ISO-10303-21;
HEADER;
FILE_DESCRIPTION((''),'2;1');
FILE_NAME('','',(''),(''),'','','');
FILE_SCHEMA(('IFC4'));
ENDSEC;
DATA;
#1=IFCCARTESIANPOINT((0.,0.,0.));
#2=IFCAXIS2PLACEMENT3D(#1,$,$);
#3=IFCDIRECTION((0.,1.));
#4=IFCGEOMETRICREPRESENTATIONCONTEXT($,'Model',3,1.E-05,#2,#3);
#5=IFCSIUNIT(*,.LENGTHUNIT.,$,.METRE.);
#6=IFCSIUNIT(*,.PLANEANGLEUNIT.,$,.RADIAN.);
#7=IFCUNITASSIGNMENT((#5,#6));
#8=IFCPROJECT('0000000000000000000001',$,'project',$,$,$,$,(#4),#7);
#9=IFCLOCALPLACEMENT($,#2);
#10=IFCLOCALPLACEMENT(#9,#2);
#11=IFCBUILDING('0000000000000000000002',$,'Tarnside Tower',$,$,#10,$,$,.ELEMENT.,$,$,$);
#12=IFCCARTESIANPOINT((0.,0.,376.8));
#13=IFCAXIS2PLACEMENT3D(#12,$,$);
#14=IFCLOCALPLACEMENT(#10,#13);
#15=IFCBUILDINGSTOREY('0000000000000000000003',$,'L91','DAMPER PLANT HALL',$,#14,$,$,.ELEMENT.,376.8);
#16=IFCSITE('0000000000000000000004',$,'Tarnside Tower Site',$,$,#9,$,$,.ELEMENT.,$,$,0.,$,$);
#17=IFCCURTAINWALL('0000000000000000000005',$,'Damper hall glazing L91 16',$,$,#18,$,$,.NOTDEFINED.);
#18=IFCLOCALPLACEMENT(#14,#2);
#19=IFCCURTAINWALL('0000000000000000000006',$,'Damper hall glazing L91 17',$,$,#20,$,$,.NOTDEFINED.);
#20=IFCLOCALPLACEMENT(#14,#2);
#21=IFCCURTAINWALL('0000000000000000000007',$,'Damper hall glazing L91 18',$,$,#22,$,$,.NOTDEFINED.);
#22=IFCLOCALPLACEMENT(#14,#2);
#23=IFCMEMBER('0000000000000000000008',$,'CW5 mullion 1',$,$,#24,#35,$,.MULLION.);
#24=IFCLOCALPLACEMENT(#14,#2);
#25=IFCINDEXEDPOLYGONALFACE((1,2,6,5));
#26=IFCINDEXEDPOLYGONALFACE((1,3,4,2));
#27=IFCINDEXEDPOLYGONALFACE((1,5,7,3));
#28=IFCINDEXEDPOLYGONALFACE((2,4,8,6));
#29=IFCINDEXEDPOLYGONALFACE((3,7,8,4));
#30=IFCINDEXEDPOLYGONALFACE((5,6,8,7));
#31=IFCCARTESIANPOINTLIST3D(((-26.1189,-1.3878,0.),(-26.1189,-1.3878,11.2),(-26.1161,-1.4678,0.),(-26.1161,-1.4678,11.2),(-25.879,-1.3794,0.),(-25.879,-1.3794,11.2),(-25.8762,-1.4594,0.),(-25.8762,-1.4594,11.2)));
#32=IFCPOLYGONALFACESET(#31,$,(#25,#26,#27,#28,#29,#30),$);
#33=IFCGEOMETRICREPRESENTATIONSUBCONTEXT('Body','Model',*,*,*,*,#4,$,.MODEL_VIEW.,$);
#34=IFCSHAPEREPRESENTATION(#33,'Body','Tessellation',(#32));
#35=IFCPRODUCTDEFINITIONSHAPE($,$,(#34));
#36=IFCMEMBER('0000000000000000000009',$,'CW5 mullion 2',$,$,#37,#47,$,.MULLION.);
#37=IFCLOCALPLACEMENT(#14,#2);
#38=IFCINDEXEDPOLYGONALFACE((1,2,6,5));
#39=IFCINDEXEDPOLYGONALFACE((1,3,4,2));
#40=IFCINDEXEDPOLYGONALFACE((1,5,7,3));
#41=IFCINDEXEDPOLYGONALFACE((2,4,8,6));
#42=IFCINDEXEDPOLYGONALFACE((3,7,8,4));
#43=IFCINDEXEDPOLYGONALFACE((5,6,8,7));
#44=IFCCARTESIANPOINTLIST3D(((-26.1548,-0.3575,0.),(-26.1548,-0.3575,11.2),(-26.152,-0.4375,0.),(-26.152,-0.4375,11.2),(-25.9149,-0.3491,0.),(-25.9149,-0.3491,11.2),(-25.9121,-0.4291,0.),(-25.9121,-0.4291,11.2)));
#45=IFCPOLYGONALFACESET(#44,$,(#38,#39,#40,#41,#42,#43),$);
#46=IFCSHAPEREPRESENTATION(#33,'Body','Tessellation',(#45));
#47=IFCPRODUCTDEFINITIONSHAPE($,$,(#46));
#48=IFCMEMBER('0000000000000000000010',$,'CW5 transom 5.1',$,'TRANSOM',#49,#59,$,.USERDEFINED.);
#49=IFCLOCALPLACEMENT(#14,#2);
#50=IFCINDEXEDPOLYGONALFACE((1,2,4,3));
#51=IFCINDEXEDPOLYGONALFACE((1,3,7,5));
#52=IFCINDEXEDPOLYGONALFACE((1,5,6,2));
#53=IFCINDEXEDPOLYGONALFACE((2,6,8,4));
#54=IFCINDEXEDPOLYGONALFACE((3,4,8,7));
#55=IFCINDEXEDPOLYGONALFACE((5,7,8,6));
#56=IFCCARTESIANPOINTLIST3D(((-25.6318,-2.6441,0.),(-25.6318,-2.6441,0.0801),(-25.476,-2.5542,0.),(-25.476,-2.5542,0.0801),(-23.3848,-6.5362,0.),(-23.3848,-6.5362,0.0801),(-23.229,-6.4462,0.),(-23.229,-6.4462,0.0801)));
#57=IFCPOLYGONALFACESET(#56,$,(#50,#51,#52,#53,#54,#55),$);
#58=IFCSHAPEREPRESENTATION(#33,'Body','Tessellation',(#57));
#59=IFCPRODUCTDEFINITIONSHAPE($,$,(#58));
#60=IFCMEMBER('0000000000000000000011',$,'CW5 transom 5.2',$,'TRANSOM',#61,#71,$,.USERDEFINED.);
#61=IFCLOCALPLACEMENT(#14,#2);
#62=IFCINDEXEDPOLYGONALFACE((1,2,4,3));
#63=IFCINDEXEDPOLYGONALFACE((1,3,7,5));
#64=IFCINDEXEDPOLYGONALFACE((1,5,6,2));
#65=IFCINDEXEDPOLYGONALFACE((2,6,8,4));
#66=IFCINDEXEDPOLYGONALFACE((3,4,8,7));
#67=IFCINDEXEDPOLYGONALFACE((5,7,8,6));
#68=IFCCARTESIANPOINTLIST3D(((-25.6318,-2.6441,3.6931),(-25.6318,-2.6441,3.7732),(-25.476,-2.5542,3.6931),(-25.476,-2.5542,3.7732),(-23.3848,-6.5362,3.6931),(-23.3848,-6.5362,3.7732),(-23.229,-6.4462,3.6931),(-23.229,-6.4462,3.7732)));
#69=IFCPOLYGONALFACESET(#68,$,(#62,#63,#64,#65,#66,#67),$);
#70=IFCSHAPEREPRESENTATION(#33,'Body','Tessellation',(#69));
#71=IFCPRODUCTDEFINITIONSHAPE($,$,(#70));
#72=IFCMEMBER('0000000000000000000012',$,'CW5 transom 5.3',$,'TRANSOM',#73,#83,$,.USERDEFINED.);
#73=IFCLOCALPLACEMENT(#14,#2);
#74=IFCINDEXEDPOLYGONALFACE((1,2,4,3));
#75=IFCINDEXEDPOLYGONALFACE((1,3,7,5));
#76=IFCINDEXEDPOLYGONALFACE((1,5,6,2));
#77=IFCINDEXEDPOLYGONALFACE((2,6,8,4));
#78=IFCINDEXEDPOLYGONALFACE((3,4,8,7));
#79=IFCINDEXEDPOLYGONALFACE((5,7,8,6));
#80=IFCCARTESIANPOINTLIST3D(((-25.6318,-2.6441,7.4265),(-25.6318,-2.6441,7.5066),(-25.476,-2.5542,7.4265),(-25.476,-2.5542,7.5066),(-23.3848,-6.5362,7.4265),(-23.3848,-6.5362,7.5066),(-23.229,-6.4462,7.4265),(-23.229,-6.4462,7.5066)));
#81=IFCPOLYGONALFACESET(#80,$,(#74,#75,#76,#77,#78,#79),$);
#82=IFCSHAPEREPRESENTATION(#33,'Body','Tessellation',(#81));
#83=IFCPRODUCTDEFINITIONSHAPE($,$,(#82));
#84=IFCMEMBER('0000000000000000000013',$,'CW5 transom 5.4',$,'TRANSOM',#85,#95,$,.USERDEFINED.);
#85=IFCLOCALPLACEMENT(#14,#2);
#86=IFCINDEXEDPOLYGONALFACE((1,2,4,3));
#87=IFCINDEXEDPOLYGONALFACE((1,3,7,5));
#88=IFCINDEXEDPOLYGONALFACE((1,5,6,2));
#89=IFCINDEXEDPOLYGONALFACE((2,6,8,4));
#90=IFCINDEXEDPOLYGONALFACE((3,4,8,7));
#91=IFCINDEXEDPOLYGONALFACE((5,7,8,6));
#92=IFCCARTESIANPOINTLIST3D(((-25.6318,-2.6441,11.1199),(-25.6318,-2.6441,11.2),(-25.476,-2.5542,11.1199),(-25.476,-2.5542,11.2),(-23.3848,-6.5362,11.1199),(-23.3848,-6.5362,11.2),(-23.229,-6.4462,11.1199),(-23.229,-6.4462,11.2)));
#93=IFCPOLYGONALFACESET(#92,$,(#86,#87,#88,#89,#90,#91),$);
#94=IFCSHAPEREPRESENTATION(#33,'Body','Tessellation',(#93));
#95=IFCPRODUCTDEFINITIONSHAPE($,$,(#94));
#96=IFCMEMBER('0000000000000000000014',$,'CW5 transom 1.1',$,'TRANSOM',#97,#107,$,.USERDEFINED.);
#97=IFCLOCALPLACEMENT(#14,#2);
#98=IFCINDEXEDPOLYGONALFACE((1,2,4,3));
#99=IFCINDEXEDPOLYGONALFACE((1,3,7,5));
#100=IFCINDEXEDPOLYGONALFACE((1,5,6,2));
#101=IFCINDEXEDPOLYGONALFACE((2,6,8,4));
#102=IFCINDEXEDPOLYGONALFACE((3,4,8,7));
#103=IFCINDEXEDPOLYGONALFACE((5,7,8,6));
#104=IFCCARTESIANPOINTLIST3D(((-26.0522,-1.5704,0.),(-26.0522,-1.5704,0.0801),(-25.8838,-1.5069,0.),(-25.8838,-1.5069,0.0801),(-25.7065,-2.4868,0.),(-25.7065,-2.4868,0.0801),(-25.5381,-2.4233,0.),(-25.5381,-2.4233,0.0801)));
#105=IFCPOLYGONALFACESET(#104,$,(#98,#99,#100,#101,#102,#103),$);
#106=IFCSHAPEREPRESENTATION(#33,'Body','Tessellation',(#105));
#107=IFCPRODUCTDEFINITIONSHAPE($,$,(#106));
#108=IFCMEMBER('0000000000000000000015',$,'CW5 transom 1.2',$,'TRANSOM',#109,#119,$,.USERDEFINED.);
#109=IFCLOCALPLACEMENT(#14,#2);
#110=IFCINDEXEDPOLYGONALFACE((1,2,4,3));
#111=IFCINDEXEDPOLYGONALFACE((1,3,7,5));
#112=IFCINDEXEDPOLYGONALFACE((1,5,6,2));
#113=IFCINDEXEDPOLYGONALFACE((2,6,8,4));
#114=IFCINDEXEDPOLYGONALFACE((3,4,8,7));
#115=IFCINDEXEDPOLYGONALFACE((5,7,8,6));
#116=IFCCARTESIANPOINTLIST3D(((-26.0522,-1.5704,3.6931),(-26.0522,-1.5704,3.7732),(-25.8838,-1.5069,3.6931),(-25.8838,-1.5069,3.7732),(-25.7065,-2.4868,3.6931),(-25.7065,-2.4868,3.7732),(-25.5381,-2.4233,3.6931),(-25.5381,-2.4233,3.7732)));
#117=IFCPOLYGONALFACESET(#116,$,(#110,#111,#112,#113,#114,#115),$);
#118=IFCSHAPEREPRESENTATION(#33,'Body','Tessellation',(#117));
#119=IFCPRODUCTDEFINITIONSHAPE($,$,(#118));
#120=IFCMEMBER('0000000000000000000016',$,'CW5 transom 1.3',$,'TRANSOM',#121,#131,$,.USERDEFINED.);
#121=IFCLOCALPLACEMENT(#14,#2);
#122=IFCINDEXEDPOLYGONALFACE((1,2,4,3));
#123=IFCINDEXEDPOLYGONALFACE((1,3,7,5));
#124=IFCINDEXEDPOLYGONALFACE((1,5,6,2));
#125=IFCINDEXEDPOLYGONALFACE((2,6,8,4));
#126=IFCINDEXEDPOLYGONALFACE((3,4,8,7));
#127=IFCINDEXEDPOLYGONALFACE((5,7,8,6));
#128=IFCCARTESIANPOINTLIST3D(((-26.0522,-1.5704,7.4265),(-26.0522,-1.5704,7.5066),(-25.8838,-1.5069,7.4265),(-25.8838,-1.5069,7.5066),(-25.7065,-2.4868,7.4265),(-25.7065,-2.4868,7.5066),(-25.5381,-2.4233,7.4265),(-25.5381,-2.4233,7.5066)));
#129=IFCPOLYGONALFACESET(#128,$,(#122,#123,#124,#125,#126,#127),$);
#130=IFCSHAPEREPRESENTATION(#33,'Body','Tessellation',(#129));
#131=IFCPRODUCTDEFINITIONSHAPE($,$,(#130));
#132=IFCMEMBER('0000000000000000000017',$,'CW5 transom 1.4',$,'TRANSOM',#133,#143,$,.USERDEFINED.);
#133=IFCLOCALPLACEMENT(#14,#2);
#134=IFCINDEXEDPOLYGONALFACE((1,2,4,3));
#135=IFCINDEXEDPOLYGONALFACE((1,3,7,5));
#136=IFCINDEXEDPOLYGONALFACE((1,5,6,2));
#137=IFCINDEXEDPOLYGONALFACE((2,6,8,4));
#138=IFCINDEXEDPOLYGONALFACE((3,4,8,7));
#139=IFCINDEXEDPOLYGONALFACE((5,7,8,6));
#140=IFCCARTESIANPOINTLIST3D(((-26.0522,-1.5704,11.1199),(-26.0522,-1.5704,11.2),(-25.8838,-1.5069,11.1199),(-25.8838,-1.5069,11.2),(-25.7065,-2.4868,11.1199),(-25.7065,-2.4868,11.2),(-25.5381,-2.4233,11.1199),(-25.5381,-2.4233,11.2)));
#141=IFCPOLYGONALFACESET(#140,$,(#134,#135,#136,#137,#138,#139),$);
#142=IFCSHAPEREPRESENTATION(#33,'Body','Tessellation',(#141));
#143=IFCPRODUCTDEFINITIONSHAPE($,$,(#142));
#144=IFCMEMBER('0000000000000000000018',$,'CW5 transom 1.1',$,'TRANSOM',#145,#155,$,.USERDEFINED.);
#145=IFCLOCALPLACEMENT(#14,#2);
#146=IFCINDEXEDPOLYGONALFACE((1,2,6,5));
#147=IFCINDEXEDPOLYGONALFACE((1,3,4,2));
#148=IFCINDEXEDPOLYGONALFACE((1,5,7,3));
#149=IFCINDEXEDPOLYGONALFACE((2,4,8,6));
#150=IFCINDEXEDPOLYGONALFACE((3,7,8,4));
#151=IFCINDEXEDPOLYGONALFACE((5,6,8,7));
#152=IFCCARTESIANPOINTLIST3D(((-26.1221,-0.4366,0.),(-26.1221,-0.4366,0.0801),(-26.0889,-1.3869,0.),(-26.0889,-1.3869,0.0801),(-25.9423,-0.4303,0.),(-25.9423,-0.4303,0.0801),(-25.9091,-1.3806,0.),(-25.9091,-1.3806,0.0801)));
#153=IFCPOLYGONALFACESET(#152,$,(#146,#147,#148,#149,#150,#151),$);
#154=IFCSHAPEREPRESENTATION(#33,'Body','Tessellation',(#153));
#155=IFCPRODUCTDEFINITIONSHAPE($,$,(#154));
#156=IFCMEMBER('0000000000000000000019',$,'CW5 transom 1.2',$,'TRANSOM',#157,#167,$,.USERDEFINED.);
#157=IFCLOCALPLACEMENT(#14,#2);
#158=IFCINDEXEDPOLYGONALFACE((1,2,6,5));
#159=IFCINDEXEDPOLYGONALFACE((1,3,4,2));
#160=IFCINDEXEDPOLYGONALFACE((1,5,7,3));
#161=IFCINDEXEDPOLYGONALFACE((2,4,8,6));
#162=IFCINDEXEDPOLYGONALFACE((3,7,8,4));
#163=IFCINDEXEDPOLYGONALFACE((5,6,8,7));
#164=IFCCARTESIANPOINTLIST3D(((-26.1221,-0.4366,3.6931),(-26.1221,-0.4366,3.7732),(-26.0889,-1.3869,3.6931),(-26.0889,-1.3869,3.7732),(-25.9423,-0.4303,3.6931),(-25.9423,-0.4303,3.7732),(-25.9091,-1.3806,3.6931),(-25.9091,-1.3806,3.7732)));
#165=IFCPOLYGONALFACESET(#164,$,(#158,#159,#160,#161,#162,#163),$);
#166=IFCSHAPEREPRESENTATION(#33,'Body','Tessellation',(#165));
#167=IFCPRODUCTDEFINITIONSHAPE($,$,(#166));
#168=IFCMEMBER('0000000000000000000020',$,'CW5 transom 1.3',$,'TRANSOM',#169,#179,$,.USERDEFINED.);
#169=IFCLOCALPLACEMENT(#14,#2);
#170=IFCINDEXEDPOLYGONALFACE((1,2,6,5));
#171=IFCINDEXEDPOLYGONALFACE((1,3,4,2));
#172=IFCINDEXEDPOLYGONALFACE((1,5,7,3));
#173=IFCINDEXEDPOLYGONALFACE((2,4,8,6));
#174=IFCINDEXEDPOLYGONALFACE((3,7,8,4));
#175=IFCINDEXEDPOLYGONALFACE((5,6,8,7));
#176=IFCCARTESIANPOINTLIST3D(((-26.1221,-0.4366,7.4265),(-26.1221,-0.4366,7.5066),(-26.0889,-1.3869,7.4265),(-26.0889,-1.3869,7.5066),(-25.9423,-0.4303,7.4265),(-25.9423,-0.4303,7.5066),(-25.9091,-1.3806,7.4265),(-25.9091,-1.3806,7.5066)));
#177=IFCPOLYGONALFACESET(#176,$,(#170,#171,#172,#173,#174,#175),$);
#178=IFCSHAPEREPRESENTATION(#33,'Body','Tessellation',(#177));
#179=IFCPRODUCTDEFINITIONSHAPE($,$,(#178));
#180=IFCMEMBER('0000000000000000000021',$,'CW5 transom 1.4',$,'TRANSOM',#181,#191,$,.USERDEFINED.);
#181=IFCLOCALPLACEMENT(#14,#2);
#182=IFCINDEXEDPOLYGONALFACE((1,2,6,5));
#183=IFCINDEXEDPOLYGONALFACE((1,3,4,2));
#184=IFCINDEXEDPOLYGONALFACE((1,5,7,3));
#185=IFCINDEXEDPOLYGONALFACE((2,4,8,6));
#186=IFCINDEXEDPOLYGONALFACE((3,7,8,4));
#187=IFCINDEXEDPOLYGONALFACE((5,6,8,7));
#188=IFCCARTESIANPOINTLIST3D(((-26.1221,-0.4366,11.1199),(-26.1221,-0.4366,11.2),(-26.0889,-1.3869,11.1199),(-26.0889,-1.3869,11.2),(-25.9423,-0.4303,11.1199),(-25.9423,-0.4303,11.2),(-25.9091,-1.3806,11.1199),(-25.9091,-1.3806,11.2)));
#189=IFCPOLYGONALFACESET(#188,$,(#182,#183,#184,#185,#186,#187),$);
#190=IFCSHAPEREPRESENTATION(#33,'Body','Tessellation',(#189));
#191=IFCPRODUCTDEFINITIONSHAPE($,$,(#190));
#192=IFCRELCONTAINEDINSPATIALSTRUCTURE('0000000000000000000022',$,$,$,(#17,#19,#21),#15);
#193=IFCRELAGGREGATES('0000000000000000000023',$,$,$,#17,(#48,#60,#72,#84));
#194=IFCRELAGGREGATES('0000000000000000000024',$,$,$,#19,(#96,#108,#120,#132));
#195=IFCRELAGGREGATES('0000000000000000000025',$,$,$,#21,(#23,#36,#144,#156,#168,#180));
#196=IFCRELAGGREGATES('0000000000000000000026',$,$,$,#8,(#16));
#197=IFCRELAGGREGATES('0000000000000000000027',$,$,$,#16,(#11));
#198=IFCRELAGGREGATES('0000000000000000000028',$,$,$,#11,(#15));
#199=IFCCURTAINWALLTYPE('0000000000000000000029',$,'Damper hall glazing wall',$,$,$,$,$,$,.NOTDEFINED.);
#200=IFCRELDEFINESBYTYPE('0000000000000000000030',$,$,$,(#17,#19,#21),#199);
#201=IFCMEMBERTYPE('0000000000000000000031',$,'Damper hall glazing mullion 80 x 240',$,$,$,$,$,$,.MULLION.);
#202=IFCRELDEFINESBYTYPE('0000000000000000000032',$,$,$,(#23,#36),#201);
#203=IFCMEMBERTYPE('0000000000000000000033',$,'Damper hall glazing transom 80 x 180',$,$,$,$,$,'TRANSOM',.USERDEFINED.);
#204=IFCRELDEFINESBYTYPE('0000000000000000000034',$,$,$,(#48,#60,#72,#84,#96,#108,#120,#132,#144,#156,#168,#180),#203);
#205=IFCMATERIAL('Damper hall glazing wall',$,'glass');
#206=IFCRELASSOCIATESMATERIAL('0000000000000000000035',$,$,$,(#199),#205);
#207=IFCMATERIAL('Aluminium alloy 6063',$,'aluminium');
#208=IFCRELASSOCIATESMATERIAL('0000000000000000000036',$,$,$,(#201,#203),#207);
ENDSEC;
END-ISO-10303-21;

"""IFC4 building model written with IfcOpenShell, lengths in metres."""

from ifc_helpers import new_model, si_unit, direction, frame, origin, origin_2d, place, context, subcontext, project, spatial, rectangle, extrude, material, material_profile, profile_set, type_object, element, aggregate, save


model = new_model("IFC4")

# Units and contexts
model_context = context("Model", 3, precision=1e-05, world=origin(), true_north=direction((0.0, 1.0)))
body_context = subcontext(model_context, "Body", "Model", "MODEL_VIEW")
ifc_project = project(units=[si_unit("LENGTHUNIT", "METRE"), si_unit("PLANEANGLEUNIT", "RADIAN")], contexts=[model_context])

# Site, building, storey
site_placement = place(None, origin())
site = spatial("IfcSite", under=ifc_project, at=site_placement, Name="Tarnside Tower Site", CompositionType="ELEMENT", RefElevation=0.0)
building_placement = place(site_placement, origin())
building = spatial("IfcBuilding", under=site, at=building_placement, Name="Tarnside Tower", CompositionType="ELEMENT")
storey_placement = place(building_placement, frame((0.0, 0.0, 376.8)))
storey = spatial("IfcBuildingStorey", under=building, at=storey_placement, Name="L91", Description="DAMPER PLANT HALL", CompositionType="ELEMENT", Elevation=376.8)

# Curtain walls, members
ifc_material_1 = material(Name="Damper hall glazing wall", Category="glass")
curtain_wall_type = type_object("IfcCurtainWallType", Name="Damper hall glazing wall", PredefinedType="NOTDEFINED", material=ifc_material_1)
curtain_wall_1_placement = place(storey_placement, origin())
curtain_wall_1 = element("IfcCurtainWall", 1, at=curtain_wall_1_placement, inside=storey, type_object=curtain_wall_type, Name="Damper hall glazing L91 16", PredefinedType="NOTDEFINED")
ifc_material_2 = material(Name="Aluminium alloy 6063", Category="aluminium")
ifc_material_profile_1 = material_profile(ifc_material_2, rectangle(XDim=0.24, YDim=0.0801, at=origin_2d()), Name="Damper hall glazing mullion 80 x 240")
ifc_profile_set_1 = profile_set([ifc_material_profile_1], Name="Aluminium alloy 6063")
member_type_1 = type_object("IfcMemberType", Name="Damper hall glazing mullion 80 x 240", PredefinedType="MULLION", material=ifc_profile_set_1)
curtain_wall_2_placement = place(storey_placement, origin())
curtain_wall_2 = element("IfcCurtainWall", 2, at=curtain_wall_2_placement, inside=storey, type_object=curtain_wall_type, Name="Damper hall glazing L91 17", PredefinedType="NOTDEFINED")
curtain_wall_3_placement = place(storey_placement, origin())
curtain_wall_3 = element("IfcCurtainWall", 3, at=curtain_wall_3_placement, inside=storey, type_object=curtain_wall_type, Name="Damper hall glazing L91 18", PredefinedType="NOTDEFINED")
member_1_placement = place(storey_placement, frame((-25.9976, -1.4236, 0.0), z_axis=(0.0, 0.0, 1.0), x_axis=(-0.999391, -0.034899, 0.0)))
member_1 = element("IfcMember", 4, at=member_1_placement, type_object=member_type_1, Name="CW5 mullion 1", PredefinedType="MULLION", context=body_context, shape_type="SweptSolid", body=[
    extrude(rectangle(XDim=0.24, YDim=0.0801, at=origin_2d()), origin(), (0.0, 0.0, 1.0), 11.2),
])
member_2_placement = place(storey_placement, frame((-26.0334, -0.3933, 0.0), z_axis=(0.0, 0.0, 1.0), x_axis=(-0.999391, -0.034899, 0.0)))
member_2 = element("IfcMember", 5, at=member_2_placement, type_object=member_type_1, Name="CW5 mullion 2", PredefinedType="MULLION", context=body_context, shape_type="SweptSolid", body=[
    extrude(rectangle(XDim=0.24, YDim=0.0801, at=origin_2d()), origin(), (0.0, 0.0, 1.0), 11.2),
])

# Members
ifc_material_profile_2 = material_profile(ifc_material_2, rectangle(XDim=0.1799, YDim=0.0801, at=origin_2d()), Name="Damper hall glazing transom 80 x 180")
ifc_profile_set_2 = profile_set([ifc_material_profile_2], Name="Aluminium alloy 6063")
member_type_2 = type_object("IfcMemberType", Name="Damper hall glazing transom 80 x 180", ElementType="TRANSOM", PredefinedType="USERDEFINED", material=ifc_profile_set_2)
member_3_placement = place(storey_placement, frame((-23.3069, -6.4912, 0.04), z_axis=(-0.499995, 0.866028, 0.0), x_axis=(-0.866028, -0.499995, 0.0)))
member_3 = element("IfcMember", 6, at=member_3_placement, type_object=member_type_2, Name="CW5 transom 5.1", ObjectType="TRANSOM", PredefinedType="USERDEFINED", context=body_context, shape_type="SweptSolid", body=[
    extrude(rectangle(XDim=0.1799, YDim=0.0801, at=origin_2d()), origin(), (0.0, 0.0, 1.0), 4.4941),
])
member_4_placement = place(storey_placement, frame((-23.3069, -6.4912, 3.7332), z_axis=(-0.499995, 0.866028, 0.0), x_axis=(-0.866028, -0.499995, 0.0)))
member_4 = element("IfcMember", 7, at=member_4_placement, type_object=member_type_2, Name="CW5 transom 5.2", ObjectType="TRANSOM", PredefinedType="USERDEFINED", context=body_context, shape_type="SweptSolid", body=[
    extrude(rectangle(XDim=0.1799, YDim=0.0801, at=origin_2d()), origin(), (0.0, 0.0, 1.0), 4.4941),
])
member_5_placement = place(storey_placement, frame((-23.3069, -6.4912, 7.4666), z_axis=(-0.499995, 0.866028, 0.0), x_axis=(-0.866028, -0.499995, 0.0)))
member_5 = element("IfcMember", 8, at=member_5_placement, type_object=member_type_2, Name="CW5 transom 5.3", ObjectType="TRANSOM", PredefinedType="USERDEFINED", context=body_context, shape_type="SweptSolid", body=[
    extrude(rectangle(XDim=0.1799, YDim=0.0801, at=origin_2d()), origin(), (0.0, 0.0, 1.0), 4.4941),
])
member_6_placement = place(storey_placement, frame((-23.3069, -6.4912, 11.1599), z_axis=(-0.499995, 0.866028, 0.0), x_axis=(-0.866028, -0.499995, 0.0)))
member_6 = element("IfcMember", 9, at=member_6_placement, type_object=member_type_2, Name="CW5 transom 5.4", ObjectType="TRANSOM", PredefinedType="USERDEFINED", context=body_context, shape_type="SweptSolid", body=[
    extrude(rectangle(XDim=0.1799, YDim=0.0801, at=origin_2d()), origin(), (0.0, 0.0, 1.0), 4.4941),
])
member_7_placement = place(storey_placement, frame((-25.6223, -2.4551, 0.04), z_axis=(-0.352926, 0.935651, 0.0), x_axis=(-0.935651, -0.352926, 0.0)))
member_7 = element("IfcMember", 10, at=member_7_placement, type_object=member_type_2, Name="CW5 transom 1.1", ObjectType="TRANSOM", PredefinedType="USERDEFINED", context=body_context, shape_type="SweptSolid", body=[
    extrude(rectangle(XDim=0.1799, YDim=0.0801, at=origin_2d()), origin(), (0.0, 0.0, 1.0), 0.9795),
])
member_8_placement = place(storey_placement, frame((-25.6223, -2.4551, 3.7332), z_axis=(-0.352926, 0.935651, 0.0), x_axis=(-0.935651, -0.352926, 0.0)))
member_8 = element("IfcMember", 11, at=member_8_placement, type_object=member_type_2, Name="CW5 transom 1.2", ObjectType="TRANSOM", PredefinedType="USERDEFINED", context=body_context, shape_type="SweptSolid", body=[
    extrude(rectangle(XDim=0.1799, YDim=0.0801, at=origin_2d()), origin(), (0.0, 0.0, 1.0), 0.9795),
])
member_9_placement = place(storey_placement, frame((-25.6223, -2.4551, 7.4666), z_axis=(-0.352926, 0.935651, 0.0), x_axis=(-0.935651, -0.352926, 0.0)))
member_9 = element("IfcMember", 12, at=member_9_placement, type_object=member_type_2, Name="CW5 transom 1.3", ObjectType="TRANSOM", PredefinedType="USERDEFINED", context=body_context, shape_type="SweptSolid", body=[
    extrude(rectangle(XDim=0.1799, YDim=0.0801, at=origin_2d()), origin(), (0.0, 0.0, 1.0), 0.9795),
])
member_10_placement = place(storey_placement, frame((-25.6223, -2.4551, 11.1599), z_axis=(-0.352926, 0.935651, 0.0), x_axis=(-0.935651, -0.352926, 0.0)))
member_10 = element("IfcMember", 13, at=member_10_placement, type_object=member_type_2, Name="CW5 transom 1.4", ObjectType="TRANSOM", PredefinedType="USERDEFINED", context=body_context, shape_type="SweptSolid", body=[
    extrude(rectangle(XDim=0.1799, YDim=0.0801, at=origin_2d()), origin(), (0.0, 0.0, 1.0), 0.9795),
])
member_11_placement = place(storey_placement, frame((-25.999, -1.3838, 0.04), z_axis=(-0.034913, 0.99939, 0.0), x_axis=(-0.99939, -0.034913, 0.0)))
member_11 = element("IfcMember", 14, at=member_11_placement, type_object=member_type_2, Name="CW5 transom 1.1", ObjectType="TRANSOM", PredefinedType="USERDEFINED", context=body_context, shape_type="SweptSolid", body=[
    extrude(rectangle(XDim=0.1799, YDim=0.0801, at=origin_2d()), origin(), (0.0, 0.0, 1.0), 0.9509),
])
member_12_placement = place(storey_placement, frame((-25.999, -1.3838, 3.7332), z_axis=(-0.034913, 0.99939, 0.0), x_axis=(-0.99939, -0.034913, 0.0)))
member_12 = element("IfcMember", 15, at=member_12_placement, type_object=member_type_2, Name="CW5 transom 1.2", ObjectType="TRANSOM", PredefinedType="USERDEFINED", context=body_context, shape_type="SweptSolid", body=[
    extrude(rectangle(XDim=0.1799, YDim=0.0801, at=origin_2d()), origin(), (0.0, 0.0, 1.0), 0.9509),
])
member_13_placement = place(storey_placement, frame((-25.999, -1.3838, 7.4666), z_axis=(-0.034913, 0.99939, 0.0), x_axis=(-0.99939, -0.034913, 0.0)))
member_13 = element("IfcMember", 16, at=member_13_placement, type_object=member_type_2, Name="CW5 transom 1.3", ObjectType="TRANSOM", PredefinedType="USERDEFINED", context=body_context, shape_type="SweptSolid", body=[
    extrude(rectangle(XDim=0.1799, YDim=0.0801, at=origin_2d()), origin(), (0.0, 0.0, 1.0), 0.9509),
])
member_14_placement = place(storey_placement, frame((-25.999, -1.3838, 11.1599), z_axis=(-0.034913, 0.99939, 0.0), x_axis=(-0.99939, -0.034913, 0.0)))
member_14 = element("IfcMember", 17, at=member_14_placement, type_object=member_type_2, Name="CW5 transom 1.4", ObjectType="TRANSOM", PredefinedType="USERDEFINED", context=body_context, shape_type="SweptSolid", body=[
    extrude(rectangle(XDim=0.1799, YDim=0.0801, at=origin_2d()), origin(), (0.0, 0.0, 1.0), 0.9509),
])

aggregate(curtain_wall_1, [member_3, member_4, member_5, member_6])
aggregate(curtain_wall_2, [member_7, member_8, member_9, member_10])
aggregate(curtain_wall_3, [member_1, member_2, member_11, member_12, member_13, member_14])

save(model, "model.ifc")
